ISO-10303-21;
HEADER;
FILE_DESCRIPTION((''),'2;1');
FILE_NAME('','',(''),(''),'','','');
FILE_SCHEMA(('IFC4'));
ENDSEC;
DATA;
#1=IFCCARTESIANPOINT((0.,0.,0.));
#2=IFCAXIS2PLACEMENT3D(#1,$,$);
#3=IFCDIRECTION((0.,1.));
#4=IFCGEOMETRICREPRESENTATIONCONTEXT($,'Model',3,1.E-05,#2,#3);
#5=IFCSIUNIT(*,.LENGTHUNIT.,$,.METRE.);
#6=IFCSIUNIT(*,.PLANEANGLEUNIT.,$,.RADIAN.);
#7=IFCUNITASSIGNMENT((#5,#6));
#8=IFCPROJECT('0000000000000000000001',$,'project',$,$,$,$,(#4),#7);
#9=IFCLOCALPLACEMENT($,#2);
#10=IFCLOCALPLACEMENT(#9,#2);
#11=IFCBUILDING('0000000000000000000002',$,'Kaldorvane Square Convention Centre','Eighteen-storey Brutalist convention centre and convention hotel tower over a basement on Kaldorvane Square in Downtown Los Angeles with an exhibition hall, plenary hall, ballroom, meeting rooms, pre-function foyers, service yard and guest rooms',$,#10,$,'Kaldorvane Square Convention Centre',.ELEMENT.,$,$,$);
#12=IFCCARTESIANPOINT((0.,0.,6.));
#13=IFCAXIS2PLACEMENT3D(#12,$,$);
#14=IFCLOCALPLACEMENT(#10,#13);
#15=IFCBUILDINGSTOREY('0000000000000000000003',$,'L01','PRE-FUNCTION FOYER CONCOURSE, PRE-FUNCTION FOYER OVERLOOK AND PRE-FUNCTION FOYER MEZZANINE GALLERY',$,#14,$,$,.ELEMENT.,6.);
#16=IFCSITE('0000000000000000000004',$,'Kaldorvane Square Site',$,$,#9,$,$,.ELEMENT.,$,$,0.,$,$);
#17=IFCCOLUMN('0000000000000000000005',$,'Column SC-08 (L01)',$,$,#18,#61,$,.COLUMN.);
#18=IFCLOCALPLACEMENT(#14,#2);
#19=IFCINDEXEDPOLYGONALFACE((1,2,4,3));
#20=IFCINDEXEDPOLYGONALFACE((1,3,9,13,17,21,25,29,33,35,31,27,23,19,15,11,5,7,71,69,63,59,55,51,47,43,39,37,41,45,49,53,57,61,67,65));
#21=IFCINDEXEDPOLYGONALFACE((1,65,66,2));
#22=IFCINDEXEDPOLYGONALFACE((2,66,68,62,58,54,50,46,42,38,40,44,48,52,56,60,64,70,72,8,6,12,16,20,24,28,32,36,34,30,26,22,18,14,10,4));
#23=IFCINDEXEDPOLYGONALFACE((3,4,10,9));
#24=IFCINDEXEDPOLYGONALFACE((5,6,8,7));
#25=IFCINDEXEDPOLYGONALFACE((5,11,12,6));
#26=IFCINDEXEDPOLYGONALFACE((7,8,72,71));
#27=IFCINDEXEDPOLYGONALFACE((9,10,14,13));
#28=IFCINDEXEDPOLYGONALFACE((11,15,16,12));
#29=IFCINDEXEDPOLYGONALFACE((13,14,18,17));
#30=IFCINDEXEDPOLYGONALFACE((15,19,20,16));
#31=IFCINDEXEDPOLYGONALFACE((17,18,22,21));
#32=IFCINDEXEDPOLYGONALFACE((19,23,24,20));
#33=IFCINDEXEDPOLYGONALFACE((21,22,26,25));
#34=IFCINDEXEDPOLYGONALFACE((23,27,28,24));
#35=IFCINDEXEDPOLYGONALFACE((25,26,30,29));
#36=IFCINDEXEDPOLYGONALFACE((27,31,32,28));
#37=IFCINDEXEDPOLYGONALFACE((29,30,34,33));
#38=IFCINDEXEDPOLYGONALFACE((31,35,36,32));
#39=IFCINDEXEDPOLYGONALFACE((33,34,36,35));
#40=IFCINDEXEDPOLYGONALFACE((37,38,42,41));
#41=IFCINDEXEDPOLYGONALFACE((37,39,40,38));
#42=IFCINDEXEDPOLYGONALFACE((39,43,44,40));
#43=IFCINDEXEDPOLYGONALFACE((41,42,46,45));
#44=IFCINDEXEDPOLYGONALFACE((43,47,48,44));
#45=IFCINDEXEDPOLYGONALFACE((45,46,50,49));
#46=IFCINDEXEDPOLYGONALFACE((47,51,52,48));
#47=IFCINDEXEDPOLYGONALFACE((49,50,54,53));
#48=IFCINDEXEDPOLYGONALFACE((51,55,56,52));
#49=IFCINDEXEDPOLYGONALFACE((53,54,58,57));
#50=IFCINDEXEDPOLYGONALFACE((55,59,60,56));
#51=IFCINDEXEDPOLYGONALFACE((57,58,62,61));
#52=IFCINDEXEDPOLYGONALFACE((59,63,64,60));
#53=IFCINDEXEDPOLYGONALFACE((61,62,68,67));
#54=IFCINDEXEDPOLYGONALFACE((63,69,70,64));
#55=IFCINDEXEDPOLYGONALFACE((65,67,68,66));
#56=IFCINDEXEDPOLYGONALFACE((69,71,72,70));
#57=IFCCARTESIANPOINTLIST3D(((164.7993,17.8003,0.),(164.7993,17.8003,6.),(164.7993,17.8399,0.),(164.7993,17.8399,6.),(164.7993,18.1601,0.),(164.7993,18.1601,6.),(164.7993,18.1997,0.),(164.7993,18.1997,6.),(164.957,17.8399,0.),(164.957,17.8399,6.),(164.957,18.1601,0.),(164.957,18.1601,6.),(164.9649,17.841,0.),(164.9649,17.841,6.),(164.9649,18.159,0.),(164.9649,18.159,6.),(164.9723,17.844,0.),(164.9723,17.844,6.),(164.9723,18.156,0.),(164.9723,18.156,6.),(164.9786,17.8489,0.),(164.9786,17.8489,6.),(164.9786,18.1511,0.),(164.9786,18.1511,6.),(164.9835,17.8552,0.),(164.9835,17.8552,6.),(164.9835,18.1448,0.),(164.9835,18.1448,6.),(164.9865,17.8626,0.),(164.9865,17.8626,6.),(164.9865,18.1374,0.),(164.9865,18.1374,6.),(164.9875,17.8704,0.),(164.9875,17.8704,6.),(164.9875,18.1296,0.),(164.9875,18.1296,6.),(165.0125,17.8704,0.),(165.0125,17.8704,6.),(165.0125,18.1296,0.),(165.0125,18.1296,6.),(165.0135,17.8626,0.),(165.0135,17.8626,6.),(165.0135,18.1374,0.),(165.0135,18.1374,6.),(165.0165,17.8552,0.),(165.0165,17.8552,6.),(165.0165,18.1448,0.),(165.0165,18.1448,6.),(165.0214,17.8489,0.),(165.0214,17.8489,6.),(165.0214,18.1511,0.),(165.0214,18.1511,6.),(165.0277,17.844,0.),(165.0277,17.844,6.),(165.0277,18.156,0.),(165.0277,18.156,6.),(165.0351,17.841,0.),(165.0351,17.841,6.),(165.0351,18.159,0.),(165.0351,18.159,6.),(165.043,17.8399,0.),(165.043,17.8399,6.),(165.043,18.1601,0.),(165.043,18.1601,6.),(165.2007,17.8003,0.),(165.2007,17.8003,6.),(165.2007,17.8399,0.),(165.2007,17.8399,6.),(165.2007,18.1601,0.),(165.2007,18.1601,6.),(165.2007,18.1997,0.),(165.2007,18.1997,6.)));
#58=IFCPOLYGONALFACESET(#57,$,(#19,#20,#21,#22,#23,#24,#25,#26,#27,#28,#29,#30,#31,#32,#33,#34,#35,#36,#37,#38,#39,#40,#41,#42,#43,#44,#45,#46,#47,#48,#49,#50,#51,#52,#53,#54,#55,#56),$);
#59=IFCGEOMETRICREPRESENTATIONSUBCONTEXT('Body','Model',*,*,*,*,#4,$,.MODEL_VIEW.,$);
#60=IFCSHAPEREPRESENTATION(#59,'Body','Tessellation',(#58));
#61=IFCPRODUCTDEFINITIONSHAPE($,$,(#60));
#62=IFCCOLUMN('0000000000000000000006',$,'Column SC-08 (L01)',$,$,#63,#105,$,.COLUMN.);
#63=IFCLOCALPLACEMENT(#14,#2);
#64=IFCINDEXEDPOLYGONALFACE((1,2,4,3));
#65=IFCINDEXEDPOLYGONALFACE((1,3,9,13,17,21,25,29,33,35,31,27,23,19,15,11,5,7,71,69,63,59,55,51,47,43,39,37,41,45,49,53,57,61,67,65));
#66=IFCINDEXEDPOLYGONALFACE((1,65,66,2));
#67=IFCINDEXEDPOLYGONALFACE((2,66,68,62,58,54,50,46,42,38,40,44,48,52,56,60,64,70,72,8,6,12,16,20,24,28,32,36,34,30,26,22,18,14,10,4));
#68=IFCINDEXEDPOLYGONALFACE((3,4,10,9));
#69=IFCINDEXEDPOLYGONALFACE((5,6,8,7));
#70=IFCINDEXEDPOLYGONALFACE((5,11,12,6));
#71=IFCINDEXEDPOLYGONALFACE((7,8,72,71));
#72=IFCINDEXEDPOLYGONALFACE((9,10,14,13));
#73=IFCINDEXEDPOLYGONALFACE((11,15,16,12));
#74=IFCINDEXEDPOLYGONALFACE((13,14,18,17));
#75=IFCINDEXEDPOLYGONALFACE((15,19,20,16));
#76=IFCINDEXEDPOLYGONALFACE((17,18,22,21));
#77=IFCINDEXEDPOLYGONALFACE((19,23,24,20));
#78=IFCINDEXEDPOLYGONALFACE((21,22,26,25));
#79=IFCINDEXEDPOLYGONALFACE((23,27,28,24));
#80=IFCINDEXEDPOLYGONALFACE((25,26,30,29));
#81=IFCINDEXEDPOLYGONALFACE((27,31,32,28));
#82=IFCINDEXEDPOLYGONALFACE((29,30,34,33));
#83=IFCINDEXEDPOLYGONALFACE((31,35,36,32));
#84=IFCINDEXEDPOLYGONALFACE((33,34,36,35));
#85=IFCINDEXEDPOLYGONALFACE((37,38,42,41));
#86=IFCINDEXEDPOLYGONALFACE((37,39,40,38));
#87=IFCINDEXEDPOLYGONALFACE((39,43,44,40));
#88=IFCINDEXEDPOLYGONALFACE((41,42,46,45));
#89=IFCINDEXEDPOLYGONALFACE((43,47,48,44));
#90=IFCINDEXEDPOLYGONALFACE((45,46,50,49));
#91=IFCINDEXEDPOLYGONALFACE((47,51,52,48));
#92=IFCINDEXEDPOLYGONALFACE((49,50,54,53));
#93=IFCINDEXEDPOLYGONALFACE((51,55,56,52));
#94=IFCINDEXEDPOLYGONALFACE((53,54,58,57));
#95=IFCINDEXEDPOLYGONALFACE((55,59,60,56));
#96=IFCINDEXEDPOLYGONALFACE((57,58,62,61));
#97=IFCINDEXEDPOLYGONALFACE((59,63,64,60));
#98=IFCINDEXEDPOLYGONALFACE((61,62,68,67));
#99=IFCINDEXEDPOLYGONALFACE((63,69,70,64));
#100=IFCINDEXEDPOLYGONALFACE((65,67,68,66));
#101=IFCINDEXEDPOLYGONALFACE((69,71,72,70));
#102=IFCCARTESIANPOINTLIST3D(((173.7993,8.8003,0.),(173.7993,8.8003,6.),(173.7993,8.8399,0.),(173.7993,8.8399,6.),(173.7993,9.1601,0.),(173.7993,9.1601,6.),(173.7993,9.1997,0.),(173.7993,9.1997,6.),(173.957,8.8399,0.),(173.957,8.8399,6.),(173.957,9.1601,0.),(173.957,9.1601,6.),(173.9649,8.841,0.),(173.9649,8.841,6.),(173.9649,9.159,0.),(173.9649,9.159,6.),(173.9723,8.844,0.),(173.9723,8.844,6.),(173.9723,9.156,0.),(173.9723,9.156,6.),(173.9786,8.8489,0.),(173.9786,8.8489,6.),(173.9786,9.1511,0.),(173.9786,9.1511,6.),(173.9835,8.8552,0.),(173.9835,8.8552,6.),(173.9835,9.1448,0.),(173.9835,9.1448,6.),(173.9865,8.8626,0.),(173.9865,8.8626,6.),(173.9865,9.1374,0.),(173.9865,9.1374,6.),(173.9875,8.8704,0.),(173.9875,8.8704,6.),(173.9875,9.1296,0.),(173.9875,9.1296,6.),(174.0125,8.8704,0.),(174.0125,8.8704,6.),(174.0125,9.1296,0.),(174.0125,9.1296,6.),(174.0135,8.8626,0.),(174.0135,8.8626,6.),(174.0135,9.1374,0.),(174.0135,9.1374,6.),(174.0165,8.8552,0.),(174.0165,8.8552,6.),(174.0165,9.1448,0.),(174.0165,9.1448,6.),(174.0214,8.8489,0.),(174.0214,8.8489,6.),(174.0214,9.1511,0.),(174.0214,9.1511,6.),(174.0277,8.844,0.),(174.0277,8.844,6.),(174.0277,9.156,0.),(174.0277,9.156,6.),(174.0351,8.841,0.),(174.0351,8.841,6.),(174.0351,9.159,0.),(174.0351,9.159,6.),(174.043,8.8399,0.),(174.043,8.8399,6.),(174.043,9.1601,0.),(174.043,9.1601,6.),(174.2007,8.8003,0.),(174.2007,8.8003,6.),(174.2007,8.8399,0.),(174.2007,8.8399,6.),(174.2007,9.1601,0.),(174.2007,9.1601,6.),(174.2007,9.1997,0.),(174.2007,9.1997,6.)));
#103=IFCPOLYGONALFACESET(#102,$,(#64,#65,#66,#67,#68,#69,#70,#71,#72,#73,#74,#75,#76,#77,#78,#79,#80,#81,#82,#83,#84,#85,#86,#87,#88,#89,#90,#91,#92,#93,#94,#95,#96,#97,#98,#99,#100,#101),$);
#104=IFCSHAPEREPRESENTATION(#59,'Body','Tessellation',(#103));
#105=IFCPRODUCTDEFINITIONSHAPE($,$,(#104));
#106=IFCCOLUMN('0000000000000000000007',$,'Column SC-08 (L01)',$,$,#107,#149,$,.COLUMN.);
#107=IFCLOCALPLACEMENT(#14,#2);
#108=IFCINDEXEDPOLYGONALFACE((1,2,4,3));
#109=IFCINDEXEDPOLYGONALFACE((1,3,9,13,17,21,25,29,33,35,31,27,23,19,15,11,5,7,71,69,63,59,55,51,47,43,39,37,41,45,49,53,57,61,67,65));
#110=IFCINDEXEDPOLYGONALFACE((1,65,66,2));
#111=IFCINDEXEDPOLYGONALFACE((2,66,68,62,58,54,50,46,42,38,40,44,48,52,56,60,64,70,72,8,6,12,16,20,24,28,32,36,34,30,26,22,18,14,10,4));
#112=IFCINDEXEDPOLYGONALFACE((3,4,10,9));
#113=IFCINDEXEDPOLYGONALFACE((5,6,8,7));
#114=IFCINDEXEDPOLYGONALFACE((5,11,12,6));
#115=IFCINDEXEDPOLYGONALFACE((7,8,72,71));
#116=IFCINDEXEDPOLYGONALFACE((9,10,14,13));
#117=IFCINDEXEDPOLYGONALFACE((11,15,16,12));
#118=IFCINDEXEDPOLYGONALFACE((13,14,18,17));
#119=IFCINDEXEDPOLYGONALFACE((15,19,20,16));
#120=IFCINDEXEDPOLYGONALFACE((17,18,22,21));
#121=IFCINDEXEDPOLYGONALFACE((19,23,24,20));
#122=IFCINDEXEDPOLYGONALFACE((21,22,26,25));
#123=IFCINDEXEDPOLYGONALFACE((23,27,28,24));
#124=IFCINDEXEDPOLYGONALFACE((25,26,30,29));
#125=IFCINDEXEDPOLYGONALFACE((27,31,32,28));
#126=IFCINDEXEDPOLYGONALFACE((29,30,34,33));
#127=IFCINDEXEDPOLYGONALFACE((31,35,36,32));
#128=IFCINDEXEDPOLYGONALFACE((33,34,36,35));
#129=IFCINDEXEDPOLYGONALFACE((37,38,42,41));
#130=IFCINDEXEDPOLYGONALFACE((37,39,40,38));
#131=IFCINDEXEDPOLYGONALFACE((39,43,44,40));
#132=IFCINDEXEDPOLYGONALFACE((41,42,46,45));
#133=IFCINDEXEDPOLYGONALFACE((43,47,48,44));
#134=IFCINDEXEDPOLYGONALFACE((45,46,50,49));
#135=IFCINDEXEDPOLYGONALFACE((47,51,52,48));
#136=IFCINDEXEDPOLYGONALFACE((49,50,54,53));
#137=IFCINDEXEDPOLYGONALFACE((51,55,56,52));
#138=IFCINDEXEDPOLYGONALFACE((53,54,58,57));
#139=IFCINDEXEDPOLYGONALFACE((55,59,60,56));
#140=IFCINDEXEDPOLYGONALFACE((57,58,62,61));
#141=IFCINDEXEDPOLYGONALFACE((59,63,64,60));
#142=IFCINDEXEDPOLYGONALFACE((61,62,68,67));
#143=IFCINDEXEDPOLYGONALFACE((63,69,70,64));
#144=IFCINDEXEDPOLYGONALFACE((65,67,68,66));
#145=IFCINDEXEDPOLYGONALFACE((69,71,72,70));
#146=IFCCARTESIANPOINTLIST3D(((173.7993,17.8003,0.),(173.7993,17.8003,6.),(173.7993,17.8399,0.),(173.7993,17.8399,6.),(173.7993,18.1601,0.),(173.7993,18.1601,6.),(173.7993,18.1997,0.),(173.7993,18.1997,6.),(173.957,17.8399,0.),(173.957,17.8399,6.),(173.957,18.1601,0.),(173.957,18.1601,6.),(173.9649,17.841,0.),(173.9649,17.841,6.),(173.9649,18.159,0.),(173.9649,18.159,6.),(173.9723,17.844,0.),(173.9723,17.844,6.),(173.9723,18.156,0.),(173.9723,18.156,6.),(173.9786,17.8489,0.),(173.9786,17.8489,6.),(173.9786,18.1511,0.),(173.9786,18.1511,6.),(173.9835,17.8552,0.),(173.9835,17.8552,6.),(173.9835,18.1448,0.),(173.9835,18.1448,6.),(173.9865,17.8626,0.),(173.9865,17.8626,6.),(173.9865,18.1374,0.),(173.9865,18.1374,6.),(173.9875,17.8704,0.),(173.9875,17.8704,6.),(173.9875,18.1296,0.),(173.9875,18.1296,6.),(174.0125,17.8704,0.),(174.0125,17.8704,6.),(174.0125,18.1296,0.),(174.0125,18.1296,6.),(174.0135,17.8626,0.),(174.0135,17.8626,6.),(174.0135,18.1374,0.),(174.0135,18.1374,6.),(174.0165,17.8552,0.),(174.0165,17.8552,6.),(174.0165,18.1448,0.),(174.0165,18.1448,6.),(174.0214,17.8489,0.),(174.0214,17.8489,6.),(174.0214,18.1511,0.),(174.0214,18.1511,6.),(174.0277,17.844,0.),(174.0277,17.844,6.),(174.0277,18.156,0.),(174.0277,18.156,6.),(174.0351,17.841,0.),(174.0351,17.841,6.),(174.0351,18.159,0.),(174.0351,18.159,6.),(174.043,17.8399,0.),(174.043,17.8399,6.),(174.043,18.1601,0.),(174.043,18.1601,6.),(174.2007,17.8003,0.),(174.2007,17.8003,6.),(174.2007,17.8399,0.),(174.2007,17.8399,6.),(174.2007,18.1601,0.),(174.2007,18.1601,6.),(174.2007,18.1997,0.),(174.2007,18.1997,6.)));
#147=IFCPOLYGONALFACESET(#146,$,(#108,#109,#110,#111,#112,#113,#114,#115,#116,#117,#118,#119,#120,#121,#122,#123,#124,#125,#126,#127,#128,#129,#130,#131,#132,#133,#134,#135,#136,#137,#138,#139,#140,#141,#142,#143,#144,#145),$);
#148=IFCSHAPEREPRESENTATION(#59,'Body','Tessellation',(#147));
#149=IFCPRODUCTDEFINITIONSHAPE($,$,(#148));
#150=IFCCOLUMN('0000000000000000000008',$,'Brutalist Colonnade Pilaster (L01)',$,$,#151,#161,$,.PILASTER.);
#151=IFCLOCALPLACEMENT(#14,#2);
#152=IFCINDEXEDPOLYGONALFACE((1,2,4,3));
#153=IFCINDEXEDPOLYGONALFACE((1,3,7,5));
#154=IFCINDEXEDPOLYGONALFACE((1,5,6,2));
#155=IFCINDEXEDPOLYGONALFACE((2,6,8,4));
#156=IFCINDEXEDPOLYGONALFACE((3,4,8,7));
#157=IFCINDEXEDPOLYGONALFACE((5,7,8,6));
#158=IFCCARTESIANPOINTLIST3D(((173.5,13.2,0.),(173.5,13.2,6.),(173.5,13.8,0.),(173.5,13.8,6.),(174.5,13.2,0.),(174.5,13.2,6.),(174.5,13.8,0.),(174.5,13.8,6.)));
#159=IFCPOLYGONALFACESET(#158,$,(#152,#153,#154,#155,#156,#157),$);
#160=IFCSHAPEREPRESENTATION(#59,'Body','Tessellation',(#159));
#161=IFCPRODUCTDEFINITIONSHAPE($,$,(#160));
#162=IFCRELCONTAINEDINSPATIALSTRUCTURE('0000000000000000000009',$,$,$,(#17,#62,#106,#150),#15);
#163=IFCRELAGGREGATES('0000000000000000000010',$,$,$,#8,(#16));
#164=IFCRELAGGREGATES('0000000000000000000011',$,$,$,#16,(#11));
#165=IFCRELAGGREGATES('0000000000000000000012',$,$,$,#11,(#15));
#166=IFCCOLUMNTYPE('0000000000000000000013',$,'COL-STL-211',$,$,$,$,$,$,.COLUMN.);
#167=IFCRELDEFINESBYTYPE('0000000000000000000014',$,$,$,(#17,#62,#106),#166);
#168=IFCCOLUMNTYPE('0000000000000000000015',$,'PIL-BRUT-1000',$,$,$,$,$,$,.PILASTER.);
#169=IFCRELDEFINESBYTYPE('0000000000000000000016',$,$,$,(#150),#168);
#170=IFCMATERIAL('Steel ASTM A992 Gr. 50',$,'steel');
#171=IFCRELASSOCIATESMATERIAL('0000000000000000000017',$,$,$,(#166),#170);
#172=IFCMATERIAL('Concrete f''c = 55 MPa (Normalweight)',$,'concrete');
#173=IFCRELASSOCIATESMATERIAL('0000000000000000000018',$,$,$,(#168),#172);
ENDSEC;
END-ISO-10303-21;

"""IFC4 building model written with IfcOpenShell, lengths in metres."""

from ifc_helpers import new_model, si_unit, direction, frame, origin, origin_2d, place, context, subcontext, project, spatial, rectangle, i_section, extrude, material, material_profile, profile_set, type_object, element, save


model = new_model("IFC4")

# Units and contexts
model_context = context("Model", 3, precision=1e-05, world=origin(), true_north=direction((0.0, 1.0)))
body_context = subcontext(model_context, "Body", "Model", "MODEL_VIEW")
ifc_project = project(units=[si_unit("LENGTHUNIT", "METRE"), si_unit("PLANEANGLEUNIT", "RADIAN")], contexts=[model_context])

# Site, building, storey
site_placement = place(None, origin())
site = spatial("IfcSite", under=ifc_project, at=site_placement, Name="Kaldorvane Square Site", CompositionType="ELEMENT", RefElevation=0.0)
building_placement = place(site_placement, origin())
building = spatial("IfcBuilding", under=site, at=building_placement, Name="Kaldorvane Square Convention Centre", Description="Eighteen-storey Brutalist convention centre and convention hotel tower over a basement on Kaldorvane Square in Downtown Los Angeles with an exhibition hall, plenary hall, ballroom, meeting rooms, pre-function foyers, service yard and guest rooms", LongName="Kaldorvane Square Convention Centre", CompositionType="ELEMENT")
storey_placement = place(building_placement, frame((0.0, 0.0, 6.0)))
storey = spatial("IfcBuildingStorey", under=building, at=storey_placement, Name="L01", Description="PRE-FUNCTION FOYER CONCOURSE, PRE-FUNCTION FOYER OVERLOOK AND PRE-FUNCTION FOYER MEZZANINE GALLERY", CompositionType="ELEMENT", Elevation=6.0)

# Columns
ifc_material_1 = material(Name="Steel ASTM A992 Gr. 50", Category="steel")
ifc_material_profile_1 = material_profile(ifc_material_1, i_section(OverallWidth=0.4013, OverallDepth=0.3993, WebThickness=0.0249, FlangeThickness=0.0396, FilletRadius=0.0305, at=origin_2d()), Name="W14X211")
ifc_profile_set_1 = profile_set([ifc_material_profile_1], Name="Steel ASTM A992 Gr. 50")
column_type_1 = type_object("IfcColumnType", Name="COL-STL-211", PredefinedType="COLUMN", material=ifc_profile_set_1)
for number, where, z_axis, x_axis, name in (
    (1, (165.0, 18.0, 0.0), (0.0, 0.0, 1.0), (1.0, 0.0, 0.0), "Column SC-08 (L01)"),
    (2, (174.0, 9.0, 0.0), (0.0, 0.0, 1.0), (1.0, 0.0, 0.0), "Column SC-08 (L01)"),
    (3, (174.0, 18.0, 0.0), (0.0, 0.0, 1.0), (1.0, 0.0, 0.0), "Column SC-08 (L01)"),
):
    element("IfcColumn", number, at=place(storey_placement, frame(where, z_axis=z_axis, x_axis=x_axis)), inside=storey, type_object=column_type_1, Name=name, PredefinedType="COLUMN", context=body_context, shape_type="SweptSolid", body=[
        extrude(i_section(OverallWidth=0.4013, OverallDepth=0.3993, WebThickness=0.0249, FlangeThickness=0.0396, FilletRadius=0.0305, at=origin_2d()), origin(), (0.0, 0.0, 1.0), 6.0),
    ])
ifc_material_2 = material(Name="Concrete f'c = 55 MPa (Normalweight)", Category="concrete")
ifc_material_profile_2 = material_profile(ifc_material_2, rectangle(XDim=0.6, YDim=1.0, at=origin_2d()), Name="PIL1000X600")
ifc_profile_set_2 = profile_set([ifc_material_profile_2], Name="Concrete f'c = 55 MPa (Normalweight)")
column_type_2 = type_object("IfcColumnType", Name="PIL-BRUT-1000", PredefinedType="PILASTER", material=ifc_profile_set_2)
column_placement = place(storey_placement, frame((174.0, 13.5, 0.0), z_axis=(0.0, 0.0, 1.0), x_axis=(0.0, 1.0, 0.0)))
element("IfcColumn", 4, at=column_placement, inside=storey, type_object=column_type_2, Name="Brutalist Colonnade Pilaster (L01)", PredefinedType="PILASTER", context=body_context, shape_type="SweptSolid", body=[
    extrude(rectangle(XDim=0.6, YDim=1.0, at=origin_2d()), origin(), (0.0, 0.0, 1.0), 6.0),
])

save(model, "model.ifc")
